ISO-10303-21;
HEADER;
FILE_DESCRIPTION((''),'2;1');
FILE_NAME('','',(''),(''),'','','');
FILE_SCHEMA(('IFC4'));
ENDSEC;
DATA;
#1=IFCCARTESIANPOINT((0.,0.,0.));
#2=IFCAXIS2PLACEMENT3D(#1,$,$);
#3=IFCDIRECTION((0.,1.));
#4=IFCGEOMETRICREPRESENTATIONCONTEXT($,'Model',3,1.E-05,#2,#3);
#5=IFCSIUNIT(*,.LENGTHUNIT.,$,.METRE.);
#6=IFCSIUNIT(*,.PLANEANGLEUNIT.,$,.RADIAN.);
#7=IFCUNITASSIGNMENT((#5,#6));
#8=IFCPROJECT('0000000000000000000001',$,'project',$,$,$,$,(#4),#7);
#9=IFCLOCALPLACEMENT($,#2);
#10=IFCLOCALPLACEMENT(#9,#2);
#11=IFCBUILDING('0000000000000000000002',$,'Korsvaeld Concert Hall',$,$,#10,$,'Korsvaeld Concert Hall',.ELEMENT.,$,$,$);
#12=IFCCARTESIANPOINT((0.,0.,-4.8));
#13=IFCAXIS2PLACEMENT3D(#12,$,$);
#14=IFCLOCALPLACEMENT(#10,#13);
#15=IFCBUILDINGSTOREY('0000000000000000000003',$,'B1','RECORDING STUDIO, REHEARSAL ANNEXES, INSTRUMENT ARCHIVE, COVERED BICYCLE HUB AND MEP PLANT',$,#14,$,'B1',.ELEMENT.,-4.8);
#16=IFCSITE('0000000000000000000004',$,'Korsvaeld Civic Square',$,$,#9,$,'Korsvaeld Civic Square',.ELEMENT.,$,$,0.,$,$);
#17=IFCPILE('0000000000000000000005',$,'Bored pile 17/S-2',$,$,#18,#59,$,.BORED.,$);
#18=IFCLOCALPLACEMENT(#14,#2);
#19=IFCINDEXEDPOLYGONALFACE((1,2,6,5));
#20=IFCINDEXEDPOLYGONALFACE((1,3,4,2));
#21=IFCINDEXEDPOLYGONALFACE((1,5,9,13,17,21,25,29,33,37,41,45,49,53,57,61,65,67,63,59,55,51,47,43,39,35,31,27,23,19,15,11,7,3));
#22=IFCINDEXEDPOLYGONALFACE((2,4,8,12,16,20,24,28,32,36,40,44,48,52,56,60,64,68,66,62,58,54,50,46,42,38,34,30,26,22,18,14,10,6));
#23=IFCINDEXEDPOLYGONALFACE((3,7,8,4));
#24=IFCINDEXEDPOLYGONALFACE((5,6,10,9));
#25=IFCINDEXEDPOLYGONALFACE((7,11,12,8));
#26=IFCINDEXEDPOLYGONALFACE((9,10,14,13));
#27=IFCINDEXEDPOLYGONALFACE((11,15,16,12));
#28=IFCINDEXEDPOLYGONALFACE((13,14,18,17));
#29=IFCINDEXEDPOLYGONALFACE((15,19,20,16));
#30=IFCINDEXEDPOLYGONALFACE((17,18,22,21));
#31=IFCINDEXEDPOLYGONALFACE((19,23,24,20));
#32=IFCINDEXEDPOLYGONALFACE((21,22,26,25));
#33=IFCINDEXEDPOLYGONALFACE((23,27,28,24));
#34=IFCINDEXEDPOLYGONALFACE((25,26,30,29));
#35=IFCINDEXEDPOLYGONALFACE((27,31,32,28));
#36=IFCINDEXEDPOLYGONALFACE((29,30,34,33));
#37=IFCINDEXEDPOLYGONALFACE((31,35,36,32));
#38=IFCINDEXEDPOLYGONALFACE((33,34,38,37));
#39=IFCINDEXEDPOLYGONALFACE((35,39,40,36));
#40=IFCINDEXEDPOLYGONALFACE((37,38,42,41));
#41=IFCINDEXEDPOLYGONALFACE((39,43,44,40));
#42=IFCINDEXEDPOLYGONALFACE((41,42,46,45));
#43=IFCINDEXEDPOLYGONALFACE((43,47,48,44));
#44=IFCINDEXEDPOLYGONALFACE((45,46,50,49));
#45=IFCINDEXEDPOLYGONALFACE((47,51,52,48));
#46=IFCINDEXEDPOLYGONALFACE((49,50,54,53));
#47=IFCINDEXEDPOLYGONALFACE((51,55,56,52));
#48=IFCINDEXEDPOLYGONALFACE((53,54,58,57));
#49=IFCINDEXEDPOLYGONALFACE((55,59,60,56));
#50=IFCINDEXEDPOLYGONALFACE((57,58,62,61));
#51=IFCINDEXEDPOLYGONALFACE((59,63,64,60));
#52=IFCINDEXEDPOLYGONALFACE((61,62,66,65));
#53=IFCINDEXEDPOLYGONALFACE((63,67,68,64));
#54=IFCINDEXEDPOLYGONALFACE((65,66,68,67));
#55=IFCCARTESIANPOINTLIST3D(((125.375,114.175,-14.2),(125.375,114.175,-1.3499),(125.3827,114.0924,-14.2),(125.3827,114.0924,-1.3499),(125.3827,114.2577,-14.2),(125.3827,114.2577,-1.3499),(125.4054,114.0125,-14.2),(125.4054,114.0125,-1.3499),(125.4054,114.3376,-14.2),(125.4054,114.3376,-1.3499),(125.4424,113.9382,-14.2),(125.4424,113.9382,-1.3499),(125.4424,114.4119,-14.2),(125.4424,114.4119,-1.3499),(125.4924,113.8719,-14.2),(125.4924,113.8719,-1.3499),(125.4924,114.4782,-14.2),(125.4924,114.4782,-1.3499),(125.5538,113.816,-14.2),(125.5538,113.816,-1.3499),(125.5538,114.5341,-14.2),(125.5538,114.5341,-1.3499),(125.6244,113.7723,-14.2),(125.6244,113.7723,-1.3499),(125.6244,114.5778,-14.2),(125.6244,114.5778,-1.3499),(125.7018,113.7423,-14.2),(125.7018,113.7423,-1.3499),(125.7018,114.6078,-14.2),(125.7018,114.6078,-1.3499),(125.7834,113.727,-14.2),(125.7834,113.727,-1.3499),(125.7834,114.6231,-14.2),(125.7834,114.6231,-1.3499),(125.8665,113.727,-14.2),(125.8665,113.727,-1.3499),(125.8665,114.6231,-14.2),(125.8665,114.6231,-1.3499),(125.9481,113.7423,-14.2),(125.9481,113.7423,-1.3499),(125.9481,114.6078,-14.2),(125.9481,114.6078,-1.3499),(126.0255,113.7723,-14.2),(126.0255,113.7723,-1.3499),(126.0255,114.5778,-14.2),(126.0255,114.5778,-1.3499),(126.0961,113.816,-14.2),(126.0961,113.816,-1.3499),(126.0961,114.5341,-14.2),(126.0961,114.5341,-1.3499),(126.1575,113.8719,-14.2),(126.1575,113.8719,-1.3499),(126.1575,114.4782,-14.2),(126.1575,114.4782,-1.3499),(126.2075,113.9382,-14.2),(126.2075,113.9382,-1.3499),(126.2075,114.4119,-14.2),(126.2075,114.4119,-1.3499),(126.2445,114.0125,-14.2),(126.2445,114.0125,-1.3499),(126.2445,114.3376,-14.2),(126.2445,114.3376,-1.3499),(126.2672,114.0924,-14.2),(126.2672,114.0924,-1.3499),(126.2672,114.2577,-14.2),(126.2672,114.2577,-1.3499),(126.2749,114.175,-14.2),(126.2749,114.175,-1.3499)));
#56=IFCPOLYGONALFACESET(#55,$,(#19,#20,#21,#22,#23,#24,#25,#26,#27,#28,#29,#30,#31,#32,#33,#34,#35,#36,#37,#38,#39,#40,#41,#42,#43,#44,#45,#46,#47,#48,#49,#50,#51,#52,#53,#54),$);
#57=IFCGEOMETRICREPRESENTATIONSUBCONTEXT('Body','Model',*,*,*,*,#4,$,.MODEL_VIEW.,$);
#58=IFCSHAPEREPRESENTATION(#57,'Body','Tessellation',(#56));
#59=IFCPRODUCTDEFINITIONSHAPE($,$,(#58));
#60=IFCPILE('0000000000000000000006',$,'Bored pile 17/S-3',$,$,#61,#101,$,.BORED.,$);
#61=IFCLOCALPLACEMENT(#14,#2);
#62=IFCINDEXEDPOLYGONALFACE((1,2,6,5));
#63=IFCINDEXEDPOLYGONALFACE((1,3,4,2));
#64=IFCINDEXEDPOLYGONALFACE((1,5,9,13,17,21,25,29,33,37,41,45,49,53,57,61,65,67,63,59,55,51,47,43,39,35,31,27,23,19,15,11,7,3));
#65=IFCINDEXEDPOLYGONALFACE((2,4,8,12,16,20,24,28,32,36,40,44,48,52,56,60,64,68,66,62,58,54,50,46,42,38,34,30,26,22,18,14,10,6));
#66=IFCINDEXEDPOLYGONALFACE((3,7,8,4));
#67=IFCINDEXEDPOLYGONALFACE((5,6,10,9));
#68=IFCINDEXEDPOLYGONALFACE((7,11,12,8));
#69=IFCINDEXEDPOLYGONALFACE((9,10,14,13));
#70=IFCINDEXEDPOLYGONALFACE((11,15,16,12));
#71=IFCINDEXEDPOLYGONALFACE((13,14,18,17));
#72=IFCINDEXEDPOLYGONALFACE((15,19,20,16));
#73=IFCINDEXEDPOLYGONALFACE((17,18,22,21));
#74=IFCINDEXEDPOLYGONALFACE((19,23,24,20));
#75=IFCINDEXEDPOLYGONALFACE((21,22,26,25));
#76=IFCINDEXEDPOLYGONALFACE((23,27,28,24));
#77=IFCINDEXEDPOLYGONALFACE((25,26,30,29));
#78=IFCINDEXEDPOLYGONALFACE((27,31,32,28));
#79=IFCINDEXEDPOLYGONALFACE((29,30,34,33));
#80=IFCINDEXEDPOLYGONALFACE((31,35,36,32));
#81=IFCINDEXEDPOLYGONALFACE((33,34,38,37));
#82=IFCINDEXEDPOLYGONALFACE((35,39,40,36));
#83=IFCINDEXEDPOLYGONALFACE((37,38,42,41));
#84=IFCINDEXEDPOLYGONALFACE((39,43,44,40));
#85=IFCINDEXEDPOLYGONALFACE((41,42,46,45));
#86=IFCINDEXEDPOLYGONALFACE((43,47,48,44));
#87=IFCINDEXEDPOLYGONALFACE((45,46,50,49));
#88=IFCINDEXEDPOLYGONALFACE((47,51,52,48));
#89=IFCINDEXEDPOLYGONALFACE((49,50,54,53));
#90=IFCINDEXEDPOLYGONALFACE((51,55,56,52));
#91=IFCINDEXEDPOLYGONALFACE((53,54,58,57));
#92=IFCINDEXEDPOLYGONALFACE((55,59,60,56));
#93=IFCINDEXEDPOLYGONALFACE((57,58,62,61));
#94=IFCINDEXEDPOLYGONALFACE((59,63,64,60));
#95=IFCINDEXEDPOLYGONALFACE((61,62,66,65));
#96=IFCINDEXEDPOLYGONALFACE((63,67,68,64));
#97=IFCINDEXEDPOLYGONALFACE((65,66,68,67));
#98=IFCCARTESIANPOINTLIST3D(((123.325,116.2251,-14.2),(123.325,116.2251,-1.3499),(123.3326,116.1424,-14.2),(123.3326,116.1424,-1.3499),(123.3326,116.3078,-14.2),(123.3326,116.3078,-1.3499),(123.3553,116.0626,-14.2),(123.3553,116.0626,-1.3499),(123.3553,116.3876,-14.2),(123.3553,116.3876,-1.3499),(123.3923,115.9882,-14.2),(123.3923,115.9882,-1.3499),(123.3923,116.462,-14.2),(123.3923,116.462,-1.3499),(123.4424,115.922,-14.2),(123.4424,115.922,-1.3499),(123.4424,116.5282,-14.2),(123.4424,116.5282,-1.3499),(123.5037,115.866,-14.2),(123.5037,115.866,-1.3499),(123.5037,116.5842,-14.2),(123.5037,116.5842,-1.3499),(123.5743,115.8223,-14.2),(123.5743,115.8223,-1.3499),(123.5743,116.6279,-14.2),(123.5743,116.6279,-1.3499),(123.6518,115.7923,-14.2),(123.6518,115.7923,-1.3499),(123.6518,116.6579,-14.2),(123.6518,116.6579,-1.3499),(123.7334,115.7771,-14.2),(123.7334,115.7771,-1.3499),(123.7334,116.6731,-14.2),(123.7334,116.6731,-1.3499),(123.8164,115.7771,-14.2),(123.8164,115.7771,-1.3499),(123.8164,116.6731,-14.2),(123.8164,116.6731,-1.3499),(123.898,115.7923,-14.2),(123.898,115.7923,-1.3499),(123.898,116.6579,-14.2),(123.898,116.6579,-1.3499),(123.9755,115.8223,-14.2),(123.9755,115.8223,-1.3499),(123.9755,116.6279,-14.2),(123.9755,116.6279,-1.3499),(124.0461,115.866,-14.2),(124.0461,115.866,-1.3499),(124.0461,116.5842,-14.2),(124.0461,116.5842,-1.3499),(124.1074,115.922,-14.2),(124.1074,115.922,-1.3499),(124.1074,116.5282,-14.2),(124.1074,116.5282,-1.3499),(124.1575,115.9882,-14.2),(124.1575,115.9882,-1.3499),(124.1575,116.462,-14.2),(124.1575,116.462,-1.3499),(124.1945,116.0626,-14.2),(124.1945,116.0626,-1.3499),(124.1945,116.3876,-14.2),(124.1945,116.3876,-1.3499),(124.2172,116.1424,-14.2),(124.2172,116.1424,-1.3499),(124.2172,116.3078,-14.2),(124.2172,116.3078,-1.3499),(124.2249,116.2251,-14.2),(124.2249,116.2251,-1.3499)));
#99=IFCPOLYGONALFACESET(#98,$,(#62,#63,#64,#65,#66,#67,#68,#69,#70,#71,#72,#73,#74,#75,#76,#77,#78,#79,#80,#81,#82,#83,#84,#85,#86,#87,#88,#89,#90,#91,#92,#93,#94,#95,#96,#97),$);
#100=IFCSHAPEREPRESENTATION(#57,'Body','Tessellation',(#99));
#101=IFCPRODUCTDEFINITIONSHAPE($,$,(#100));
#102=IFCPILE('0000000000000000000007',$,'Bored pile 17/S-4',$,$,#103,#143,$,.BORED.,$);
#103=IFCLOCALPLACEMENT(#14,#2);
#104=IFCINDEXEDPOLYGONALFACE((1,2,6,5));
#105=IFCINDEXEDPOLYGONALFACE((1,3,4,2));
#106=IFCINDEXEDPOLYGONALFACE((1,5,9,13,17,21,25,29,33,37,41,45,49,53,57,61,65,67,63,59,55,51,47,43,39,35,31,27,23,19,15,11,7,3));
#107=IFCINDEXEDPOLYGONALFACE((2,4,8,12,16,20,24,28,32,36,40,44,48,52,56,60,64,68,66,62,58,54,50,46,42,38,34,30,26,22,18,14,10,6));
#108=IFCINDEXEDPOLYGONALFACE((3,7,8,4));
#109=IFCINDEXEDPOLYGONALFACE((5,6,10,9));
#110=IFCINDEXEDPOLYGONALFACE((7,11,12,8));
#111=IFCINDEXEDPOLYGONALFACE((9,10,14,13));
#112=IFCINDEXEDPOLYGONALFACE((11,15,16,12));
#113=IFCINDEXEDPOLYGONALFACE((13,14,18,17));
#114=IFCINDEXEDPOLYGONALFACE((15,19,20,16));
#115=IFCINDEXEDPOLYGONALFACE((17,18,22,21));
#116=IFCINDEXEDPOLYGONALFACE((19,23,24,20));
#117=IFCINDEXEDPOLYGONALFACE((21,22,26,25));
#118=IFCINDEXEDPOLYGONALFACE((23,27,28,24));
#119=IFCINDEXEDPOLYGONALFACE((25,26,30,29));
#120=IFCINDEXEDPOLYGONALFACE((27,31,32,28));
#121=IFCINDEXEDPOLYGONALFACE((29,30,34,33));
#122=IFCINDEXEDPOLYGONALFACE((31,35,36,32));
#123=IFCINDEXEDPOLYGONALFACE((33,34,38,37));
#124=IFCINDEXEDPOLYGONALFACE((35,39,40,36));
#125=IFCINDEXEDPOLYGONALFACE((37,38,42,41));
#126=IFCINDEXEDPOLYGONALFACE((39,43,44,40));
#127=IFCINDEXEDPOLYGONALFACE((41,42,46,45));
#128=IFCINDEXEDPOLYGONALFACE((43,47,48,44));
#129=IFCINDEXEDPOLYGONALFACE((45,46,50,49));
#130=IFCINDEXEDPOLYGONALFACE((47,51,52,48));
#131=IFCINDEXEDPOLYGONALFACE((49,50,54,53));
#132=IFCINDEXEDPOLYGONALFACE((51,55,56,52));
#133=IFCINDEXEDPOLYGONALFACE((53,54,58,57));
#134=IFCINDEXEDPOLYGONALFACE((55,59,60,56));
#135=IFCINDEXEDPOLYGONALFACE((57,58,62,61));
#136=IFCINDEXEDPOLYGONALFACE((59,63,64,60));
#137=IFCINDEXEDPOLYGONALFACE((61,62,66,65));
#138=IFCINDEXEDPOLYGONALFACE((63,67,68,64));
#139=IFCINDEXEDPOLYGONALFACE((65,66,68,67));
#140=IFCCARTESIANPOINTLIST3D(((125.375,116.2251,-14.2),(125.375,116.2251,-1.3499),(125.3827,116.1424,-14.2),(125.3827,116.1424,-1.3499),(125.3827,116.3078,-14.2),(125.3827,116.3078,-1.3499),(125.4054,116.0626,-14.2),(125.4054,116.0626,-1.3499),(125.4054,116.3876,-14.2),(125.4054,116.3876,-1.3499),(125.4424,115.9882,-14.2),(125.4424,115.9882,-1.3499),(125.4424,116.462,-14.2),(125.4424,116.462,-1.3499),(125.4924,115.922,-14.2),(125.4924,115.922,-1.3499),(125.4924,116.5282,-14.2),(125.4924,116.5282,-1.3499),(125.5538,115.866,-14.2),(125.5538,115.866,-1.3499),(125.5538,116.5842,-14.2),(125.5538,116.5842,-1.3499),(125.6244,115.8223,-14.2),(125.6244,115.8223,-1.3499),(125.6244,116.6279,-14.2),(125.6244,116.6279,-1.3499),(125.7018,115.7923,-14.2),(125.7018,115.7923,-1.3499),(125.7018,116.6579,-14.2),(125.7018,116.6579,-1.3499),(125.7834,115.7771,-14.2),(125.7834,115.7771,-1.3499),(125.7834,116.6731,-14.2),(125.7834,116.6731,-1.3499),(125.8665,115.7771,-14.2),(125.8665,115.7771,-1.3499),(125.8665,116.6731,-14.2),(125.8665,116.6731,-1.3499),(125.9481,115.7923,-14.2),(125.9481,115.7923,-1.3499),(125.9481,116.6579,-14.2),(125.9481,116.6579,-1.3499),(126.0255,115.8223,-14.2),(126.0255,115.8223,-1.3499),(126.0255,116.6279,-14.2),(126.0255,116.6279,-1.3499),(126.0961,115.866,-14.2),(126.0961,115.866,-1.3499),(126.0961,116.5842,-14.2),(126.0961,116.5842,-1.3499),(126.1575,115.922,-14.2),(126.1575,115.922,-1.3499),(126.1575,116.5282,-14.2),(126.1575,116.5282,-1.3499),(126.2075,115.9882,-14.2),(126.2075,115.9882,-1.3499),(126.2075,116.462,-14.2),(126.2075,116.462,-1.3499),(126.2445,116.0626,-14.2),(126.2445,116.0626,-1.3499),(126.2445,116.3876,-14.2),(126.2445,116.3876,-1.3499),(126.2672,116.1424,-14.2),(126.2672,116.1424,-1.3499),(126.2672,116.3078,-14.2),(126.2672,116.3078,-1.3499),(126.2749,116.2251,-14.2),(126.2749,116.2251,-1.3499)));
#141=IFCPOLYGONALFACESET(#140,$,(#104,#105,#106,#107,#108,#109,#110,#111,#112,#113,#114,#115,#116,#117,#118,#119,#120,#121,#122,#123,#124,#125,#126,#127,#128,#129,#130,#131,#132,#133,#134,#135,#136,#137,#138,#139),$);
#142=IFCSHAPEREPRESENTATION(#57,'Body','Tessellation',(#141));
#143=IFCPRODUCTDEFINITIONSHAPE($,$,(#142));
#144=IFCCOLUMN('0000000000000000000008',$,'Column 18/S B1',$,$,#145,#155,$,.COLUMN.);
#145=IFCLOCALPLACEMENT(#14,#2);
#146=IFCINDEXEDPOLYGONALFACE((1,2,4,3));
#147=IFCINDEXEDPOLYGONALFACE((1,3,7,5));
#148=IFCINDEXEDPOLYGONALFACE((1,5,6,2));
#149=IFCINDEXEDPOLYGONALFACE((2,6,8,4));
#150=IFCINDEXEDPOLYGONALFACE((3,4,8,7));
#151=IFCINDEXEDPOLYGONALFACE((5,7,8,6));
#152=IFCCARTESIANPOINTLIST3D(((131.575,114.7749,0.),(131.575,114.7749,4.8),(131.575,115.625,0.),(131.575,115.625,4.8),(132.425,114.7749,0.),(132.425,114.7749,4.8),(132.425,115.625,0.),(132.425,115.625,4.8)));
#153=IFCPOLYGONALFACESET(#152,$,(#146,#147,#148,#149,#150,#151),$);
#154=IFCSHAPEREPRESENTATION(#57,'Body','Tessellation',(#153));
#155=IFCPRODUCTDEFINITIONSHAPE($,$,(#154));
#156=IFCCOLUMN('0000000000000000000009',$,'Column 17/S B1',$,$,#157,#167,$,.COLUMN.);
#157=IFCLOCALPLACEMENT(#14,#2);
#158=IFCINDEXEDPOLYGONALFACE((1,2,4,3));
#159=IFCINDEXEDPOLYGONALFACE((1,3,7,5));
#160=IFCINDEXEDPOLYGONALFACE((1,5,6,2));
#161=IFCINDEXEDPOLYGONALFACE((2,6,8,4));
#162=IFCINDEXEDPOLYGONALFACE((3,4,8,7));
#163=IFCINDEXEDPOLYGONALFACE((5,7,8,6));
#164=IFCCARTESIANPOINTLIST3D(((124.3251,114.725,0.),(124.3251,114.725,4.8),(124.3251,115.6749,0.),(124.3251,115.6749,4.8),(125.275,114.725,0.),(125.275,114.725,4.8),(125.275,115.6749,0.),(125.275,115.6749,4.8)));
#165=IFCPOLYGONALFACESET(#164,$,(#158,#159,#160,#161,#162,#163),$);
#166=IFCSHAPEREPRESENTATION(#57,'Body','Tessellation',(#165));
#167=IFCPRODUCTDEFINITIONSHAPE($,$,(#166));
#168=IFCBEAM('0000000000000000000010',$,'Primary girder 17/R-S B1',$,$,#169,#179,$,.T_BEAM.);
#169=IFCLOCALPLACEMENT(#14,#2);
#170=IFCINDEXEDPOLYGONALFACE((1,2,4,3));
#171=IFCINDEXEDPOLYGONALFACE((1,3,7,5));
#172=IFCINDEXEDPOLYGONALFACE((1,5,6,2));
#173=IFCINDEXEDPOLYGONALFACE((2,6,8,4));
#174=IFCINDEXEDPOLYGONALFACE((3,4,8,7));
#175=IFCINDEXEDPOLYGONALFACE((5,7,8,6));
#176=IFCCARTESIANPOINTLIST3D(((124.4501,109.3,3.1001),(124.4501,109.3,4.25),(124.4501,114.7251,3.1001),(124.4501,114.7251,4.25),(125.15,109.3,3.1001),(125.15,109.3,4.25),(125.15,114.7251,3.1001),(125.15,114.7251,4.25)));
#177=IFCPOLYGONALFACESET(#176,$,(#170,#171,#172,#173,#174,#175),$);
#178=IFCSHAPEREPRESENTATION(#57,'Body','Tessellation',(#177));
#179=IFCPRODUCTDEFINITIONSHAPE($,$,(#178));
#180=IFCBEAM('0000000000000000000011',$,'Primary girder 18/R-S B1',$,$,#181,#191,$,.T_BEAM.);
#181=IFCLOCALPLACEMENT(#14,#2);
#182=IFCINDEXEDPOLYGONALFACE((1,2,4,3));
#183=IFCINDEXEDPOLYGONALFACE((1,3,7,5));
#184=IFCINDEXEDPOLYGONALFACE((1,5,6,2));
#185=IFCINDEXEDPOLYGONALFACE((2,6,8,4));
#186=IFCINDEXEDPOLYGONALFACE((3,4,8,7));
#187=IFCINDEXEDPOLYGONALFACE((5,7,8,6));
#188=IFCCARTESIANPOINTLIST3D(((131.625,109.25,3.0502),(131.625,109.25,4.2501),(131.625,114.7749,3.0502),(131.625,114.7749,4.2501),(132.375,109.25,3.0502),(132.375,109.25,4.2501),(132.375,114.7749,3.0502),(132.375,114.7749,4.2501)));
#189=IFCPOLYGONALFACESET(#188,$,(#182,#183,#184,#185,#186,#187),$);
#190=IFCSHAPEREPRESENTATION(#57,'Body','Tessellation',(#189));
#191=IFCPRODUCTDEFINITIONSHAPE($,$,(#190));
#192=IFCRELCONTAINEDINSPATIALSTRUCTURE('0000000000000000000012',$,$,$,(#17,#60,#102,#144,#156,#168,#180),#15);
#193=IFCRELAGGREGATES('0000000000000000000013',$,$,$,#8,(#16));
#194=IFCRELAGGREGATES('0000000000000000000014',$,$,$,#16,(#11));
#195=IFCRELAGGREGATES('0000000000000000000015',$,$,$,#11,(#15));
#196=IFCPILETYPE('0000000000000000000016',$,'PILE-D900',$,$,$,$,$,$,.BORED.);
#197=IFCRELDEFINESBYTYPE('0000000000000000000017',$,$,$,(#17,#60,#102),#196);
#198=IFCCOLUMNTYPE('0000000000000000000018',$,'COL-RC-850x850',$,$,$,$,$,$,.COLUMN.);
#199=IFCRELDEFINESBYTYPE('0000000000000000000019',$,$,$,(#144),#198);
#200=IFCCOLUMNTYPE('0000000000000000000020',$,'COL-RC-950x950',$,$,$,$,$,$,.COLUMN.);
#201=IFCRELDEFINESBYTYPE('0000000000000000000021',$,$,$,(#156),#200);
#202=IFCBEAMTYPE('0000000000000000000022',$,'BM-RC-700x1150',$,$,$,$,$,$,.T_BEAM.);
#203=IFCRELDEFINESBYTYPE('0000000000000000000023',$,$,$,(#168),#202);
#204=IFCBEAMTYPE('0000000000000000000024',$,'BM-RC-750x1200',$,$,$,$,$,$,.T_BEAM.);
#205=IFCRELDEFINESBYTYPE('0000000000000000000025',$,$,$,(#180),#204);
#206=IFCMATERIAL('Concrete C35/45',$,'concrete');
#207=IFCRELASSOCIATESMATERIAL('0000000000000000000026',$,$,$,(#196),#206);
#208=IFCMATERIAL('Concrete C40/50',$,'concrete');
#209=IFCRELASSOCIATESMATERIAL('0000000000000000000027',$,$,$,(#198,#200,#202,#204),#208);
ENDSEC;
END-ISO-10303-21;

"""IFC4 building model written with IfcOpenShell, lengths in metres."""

from ifc_helpers import new_model, si_unit, direction, frame, origin, origin_2d, place, context, subcontext, project, spatial, rectangle, circle, extrude, material, material_profile, profile_set, type_object, element, save


model = new_model("IFC4")

# Units and contexts
model_context = context("Model", 3, precision=1e-05, world=origin(), true_north=direction((0.0, 1.0)))
body_context = subcontext(model_context, "Body", "Model", "MODEL_VIEW")
ifc_project = project(units=[si_unit("LENGTHUNIT", "METRE"), si_unit("PLANEANGLEUNIT", "RADIAN")], contexts=[model_context])

# Site, building, storey
site_placement = place(None, origin())
site = spatial("IfcSite", under=ifc_project, at=site_placement, Name="Korsvaeld Civic Square", LongName="Korsvaeld Civic Square", CompositionType="ELEMENT", RefElevation=0.0)
building_placement = place(site_placement, origin())
building = spatial("IfcBuilding", under=site, at=building_placement, Name="Korsvaeld Concert Hall", LongName="Korsvaeld Concert Hall", CompositionType="ELEMENT")
storey_placement = place(building_placement, frame((0.0, 0.0, -4.8)))
storey = spatial("IfcBuildingStorey", under=building, at=storey_placement, Name="B1", Description="RECORDING STUDIO, REHEARSAL ANNEXES, INSTRUMENT ARCHIVE, COVERED BICYCLE HUB AND MEP PLANT", LongName="B1", CompositionType="ELEMENT", Elevation=-4.8)

# Shared definitions
ifc_material_1 = material(Name="Concrete C35/45", Category="concrete")

# Piles
ifc_material_2 = material(Name="Concrete C40/50", Category="concrete")
ifc_material_profile_1 = material_profile(ifc_material_1, circle(Radius=0.45, at=origin_2d()), Name="BORED PILE D900")
ifc_profile_set_1 = profile_set([ifc_material_profile_1], Name="Concrete C35/45")
pile_type_1 = type_object("IfcPileType", Name="PILE-D900", PredefinedType="BORED", material=ifc_profile_set_1)
for number, where, z_axis, x_axis, name in (
    (1, (125.825, 114.175, -1.3499), (0.0, 0.0, -1.0), (1.0, 0.0, 0.0), "Bored pile 17/S-2"),
    (2, (123.7749, 116.2251, -1.3499), (0.0, 0.0, -1.0), (1.0, 0.0, 0.0), "Bored pile 17/S-3"),
    (3, (125.825, 116.2251, -1.3499), (0.0, 0.0, -1.0), (1.0, 0.0, 0.0), "Bored pile 17/S-4"),
):
    element("IfcPile", number, at=place(storey_placement, frame(where, z_axis=z_axis, x_axis=x_axis)), inside=storey, type_object=pile_type_1, Name=name, PredefinedType="BORED", context=body_context, shape_type="SweptSolid", body=[
        extrude(circle(Radius=0.45, at=origin_2d()), origin(), (0.0, 0.0, 1.0), 12.8501),
    ])

# Columns
ifc_material_profile_2 = material_profile(ifc_material_2, rectangle(XDim=0.8501, YDim=0.8501, at=origin_2d()), Name="RC 850x850")
ifc_profile_set_2 = profile_set([ifc_material_profile_2], Name="Concrete C40/50")
column_type_1 = type_object("IfcColumnType", Name="COL-RC-850x850", PredefinedType="COLUMN", material=ifc_profile_set_2)
column_1_placement = place(storey_placement, frame((132.0, 115.2, 0.0), z_axis=(0.0, 0.0, 1.0), x_axis=(1.0, 0.0, 0.0)))
element("IfcColumn", 4, at=column_1_placement, inside=storey, type_object=column_type_1, Name="Column 18/S B1", PredefinedType="COLUMN", context=body_context, shape_type="SweptSolid", body=[
    extrude(rectangle(XDim=0.8501, YDim=0.8501, at=origin_2d()), origin(), (0.0, 0.0, 1.0), 4.8),
])
ifc_material_profile_3 = material_profile(ifc_material_2, rectangle(XDim=0.95, YDim=0.95, at=origin_2d()), Name="RC 950x950")
ifc_profile_set_3 = profile_set([ifc_material_profile_3], Name="Concrete C40/50")
column_type_2 = type_object("IfcColumnType", Name="COL-RC-950x950", PredefinedType="COLUMN", material=ifc_profile_set_3)
column_2_placement = place(storey_placement, frame((124.8, 115.2, 0.0), z_axis=(0.0, 0.0, 1.0), x_axis=(1.0, 0.0, 0.0)))
element("IfcColumn", 5, at=column_2_placement, inside=storey, type_object=column_type_2, Name="Column 17/S B1", PredefinedType="COLUMN", context=body_context, shape_type="SweptSolid", body=[
    extrude(rectangle(XDim=0.95, YDim=0.95, at=origin_2d()), origin(), (0.0, 0.0, 1.0), 4.8),
])

# Beams
ifc_material_profile_4 = material_profile(ifc_material_2, rectangle(XDim=0.7, YDim=1.1499, at=origin_2d()), Name="RC 700x1150")
ifc_profile_set_4 = profile_set([ifc_material_profile_4], Name="Concrete C40/50")
beam_type_1 = type_object("IfcBeamType", Name="BM-RC-700x1150", PredefinedType="T_BEAM", material=ifc_profile_set_4)
beam_1_placement = place(storey_placement, frame((124.8, 109.3, 3.675), z_axis=(0.0, 1.0, 0.0), x_axis=(-1.0, 0.0, 0.0)))
element("IfcBeam", 6, at=beam_1_placement, inside=storey, type_object=beam_type_1, Name="Primary girder 17/R-S B1", PredefinedType="T_BEAM", context=body_context, shape_type="SweptSolid", body=[
    extrude(rectangle(XDim=0.7, YDim=1.1499, at=origin_2d()), origin(), (0.0, 0.0, 1.0), 5.425),
])
ifc_material_profile_5 = material_profile(ifc_material_2, rectangle(XDim=0.75, YDim=1.2, at=origin_2d()), Name="RC 750x1200")
ifc_profile_set_5 = profile_set([ifc_material_profile_5], Name="Concrete C40/50")
beam_type_2 = type_object("IfcBeamType", Name="BM-RC-750x1200", PredefinedType="T_BEAM", material=ifc_profile_set_5)
beam_2_placement = place(storey_placement, frame((132.0, 109.25, 3.6501), z_axis=(0.0, 1.0, 0.0), x_axis=(-1.0, 0.0, 0.0)))
element("IfcBeam", 7, at=beam_2_placement, inside=storey, type_object=beam_type_2, Name="Primary girder 18/R-S B1", PredefinedType="T_BEAM", context=body_context, shape_type="SweptSolid", body=[
    extrude(rectangle(XDim=0.75, YDim=1.2, at=origin_2d()), origin(), (0.0, 0.0, 1.0), 5.5249),
])

save(model, "model.ifc")
